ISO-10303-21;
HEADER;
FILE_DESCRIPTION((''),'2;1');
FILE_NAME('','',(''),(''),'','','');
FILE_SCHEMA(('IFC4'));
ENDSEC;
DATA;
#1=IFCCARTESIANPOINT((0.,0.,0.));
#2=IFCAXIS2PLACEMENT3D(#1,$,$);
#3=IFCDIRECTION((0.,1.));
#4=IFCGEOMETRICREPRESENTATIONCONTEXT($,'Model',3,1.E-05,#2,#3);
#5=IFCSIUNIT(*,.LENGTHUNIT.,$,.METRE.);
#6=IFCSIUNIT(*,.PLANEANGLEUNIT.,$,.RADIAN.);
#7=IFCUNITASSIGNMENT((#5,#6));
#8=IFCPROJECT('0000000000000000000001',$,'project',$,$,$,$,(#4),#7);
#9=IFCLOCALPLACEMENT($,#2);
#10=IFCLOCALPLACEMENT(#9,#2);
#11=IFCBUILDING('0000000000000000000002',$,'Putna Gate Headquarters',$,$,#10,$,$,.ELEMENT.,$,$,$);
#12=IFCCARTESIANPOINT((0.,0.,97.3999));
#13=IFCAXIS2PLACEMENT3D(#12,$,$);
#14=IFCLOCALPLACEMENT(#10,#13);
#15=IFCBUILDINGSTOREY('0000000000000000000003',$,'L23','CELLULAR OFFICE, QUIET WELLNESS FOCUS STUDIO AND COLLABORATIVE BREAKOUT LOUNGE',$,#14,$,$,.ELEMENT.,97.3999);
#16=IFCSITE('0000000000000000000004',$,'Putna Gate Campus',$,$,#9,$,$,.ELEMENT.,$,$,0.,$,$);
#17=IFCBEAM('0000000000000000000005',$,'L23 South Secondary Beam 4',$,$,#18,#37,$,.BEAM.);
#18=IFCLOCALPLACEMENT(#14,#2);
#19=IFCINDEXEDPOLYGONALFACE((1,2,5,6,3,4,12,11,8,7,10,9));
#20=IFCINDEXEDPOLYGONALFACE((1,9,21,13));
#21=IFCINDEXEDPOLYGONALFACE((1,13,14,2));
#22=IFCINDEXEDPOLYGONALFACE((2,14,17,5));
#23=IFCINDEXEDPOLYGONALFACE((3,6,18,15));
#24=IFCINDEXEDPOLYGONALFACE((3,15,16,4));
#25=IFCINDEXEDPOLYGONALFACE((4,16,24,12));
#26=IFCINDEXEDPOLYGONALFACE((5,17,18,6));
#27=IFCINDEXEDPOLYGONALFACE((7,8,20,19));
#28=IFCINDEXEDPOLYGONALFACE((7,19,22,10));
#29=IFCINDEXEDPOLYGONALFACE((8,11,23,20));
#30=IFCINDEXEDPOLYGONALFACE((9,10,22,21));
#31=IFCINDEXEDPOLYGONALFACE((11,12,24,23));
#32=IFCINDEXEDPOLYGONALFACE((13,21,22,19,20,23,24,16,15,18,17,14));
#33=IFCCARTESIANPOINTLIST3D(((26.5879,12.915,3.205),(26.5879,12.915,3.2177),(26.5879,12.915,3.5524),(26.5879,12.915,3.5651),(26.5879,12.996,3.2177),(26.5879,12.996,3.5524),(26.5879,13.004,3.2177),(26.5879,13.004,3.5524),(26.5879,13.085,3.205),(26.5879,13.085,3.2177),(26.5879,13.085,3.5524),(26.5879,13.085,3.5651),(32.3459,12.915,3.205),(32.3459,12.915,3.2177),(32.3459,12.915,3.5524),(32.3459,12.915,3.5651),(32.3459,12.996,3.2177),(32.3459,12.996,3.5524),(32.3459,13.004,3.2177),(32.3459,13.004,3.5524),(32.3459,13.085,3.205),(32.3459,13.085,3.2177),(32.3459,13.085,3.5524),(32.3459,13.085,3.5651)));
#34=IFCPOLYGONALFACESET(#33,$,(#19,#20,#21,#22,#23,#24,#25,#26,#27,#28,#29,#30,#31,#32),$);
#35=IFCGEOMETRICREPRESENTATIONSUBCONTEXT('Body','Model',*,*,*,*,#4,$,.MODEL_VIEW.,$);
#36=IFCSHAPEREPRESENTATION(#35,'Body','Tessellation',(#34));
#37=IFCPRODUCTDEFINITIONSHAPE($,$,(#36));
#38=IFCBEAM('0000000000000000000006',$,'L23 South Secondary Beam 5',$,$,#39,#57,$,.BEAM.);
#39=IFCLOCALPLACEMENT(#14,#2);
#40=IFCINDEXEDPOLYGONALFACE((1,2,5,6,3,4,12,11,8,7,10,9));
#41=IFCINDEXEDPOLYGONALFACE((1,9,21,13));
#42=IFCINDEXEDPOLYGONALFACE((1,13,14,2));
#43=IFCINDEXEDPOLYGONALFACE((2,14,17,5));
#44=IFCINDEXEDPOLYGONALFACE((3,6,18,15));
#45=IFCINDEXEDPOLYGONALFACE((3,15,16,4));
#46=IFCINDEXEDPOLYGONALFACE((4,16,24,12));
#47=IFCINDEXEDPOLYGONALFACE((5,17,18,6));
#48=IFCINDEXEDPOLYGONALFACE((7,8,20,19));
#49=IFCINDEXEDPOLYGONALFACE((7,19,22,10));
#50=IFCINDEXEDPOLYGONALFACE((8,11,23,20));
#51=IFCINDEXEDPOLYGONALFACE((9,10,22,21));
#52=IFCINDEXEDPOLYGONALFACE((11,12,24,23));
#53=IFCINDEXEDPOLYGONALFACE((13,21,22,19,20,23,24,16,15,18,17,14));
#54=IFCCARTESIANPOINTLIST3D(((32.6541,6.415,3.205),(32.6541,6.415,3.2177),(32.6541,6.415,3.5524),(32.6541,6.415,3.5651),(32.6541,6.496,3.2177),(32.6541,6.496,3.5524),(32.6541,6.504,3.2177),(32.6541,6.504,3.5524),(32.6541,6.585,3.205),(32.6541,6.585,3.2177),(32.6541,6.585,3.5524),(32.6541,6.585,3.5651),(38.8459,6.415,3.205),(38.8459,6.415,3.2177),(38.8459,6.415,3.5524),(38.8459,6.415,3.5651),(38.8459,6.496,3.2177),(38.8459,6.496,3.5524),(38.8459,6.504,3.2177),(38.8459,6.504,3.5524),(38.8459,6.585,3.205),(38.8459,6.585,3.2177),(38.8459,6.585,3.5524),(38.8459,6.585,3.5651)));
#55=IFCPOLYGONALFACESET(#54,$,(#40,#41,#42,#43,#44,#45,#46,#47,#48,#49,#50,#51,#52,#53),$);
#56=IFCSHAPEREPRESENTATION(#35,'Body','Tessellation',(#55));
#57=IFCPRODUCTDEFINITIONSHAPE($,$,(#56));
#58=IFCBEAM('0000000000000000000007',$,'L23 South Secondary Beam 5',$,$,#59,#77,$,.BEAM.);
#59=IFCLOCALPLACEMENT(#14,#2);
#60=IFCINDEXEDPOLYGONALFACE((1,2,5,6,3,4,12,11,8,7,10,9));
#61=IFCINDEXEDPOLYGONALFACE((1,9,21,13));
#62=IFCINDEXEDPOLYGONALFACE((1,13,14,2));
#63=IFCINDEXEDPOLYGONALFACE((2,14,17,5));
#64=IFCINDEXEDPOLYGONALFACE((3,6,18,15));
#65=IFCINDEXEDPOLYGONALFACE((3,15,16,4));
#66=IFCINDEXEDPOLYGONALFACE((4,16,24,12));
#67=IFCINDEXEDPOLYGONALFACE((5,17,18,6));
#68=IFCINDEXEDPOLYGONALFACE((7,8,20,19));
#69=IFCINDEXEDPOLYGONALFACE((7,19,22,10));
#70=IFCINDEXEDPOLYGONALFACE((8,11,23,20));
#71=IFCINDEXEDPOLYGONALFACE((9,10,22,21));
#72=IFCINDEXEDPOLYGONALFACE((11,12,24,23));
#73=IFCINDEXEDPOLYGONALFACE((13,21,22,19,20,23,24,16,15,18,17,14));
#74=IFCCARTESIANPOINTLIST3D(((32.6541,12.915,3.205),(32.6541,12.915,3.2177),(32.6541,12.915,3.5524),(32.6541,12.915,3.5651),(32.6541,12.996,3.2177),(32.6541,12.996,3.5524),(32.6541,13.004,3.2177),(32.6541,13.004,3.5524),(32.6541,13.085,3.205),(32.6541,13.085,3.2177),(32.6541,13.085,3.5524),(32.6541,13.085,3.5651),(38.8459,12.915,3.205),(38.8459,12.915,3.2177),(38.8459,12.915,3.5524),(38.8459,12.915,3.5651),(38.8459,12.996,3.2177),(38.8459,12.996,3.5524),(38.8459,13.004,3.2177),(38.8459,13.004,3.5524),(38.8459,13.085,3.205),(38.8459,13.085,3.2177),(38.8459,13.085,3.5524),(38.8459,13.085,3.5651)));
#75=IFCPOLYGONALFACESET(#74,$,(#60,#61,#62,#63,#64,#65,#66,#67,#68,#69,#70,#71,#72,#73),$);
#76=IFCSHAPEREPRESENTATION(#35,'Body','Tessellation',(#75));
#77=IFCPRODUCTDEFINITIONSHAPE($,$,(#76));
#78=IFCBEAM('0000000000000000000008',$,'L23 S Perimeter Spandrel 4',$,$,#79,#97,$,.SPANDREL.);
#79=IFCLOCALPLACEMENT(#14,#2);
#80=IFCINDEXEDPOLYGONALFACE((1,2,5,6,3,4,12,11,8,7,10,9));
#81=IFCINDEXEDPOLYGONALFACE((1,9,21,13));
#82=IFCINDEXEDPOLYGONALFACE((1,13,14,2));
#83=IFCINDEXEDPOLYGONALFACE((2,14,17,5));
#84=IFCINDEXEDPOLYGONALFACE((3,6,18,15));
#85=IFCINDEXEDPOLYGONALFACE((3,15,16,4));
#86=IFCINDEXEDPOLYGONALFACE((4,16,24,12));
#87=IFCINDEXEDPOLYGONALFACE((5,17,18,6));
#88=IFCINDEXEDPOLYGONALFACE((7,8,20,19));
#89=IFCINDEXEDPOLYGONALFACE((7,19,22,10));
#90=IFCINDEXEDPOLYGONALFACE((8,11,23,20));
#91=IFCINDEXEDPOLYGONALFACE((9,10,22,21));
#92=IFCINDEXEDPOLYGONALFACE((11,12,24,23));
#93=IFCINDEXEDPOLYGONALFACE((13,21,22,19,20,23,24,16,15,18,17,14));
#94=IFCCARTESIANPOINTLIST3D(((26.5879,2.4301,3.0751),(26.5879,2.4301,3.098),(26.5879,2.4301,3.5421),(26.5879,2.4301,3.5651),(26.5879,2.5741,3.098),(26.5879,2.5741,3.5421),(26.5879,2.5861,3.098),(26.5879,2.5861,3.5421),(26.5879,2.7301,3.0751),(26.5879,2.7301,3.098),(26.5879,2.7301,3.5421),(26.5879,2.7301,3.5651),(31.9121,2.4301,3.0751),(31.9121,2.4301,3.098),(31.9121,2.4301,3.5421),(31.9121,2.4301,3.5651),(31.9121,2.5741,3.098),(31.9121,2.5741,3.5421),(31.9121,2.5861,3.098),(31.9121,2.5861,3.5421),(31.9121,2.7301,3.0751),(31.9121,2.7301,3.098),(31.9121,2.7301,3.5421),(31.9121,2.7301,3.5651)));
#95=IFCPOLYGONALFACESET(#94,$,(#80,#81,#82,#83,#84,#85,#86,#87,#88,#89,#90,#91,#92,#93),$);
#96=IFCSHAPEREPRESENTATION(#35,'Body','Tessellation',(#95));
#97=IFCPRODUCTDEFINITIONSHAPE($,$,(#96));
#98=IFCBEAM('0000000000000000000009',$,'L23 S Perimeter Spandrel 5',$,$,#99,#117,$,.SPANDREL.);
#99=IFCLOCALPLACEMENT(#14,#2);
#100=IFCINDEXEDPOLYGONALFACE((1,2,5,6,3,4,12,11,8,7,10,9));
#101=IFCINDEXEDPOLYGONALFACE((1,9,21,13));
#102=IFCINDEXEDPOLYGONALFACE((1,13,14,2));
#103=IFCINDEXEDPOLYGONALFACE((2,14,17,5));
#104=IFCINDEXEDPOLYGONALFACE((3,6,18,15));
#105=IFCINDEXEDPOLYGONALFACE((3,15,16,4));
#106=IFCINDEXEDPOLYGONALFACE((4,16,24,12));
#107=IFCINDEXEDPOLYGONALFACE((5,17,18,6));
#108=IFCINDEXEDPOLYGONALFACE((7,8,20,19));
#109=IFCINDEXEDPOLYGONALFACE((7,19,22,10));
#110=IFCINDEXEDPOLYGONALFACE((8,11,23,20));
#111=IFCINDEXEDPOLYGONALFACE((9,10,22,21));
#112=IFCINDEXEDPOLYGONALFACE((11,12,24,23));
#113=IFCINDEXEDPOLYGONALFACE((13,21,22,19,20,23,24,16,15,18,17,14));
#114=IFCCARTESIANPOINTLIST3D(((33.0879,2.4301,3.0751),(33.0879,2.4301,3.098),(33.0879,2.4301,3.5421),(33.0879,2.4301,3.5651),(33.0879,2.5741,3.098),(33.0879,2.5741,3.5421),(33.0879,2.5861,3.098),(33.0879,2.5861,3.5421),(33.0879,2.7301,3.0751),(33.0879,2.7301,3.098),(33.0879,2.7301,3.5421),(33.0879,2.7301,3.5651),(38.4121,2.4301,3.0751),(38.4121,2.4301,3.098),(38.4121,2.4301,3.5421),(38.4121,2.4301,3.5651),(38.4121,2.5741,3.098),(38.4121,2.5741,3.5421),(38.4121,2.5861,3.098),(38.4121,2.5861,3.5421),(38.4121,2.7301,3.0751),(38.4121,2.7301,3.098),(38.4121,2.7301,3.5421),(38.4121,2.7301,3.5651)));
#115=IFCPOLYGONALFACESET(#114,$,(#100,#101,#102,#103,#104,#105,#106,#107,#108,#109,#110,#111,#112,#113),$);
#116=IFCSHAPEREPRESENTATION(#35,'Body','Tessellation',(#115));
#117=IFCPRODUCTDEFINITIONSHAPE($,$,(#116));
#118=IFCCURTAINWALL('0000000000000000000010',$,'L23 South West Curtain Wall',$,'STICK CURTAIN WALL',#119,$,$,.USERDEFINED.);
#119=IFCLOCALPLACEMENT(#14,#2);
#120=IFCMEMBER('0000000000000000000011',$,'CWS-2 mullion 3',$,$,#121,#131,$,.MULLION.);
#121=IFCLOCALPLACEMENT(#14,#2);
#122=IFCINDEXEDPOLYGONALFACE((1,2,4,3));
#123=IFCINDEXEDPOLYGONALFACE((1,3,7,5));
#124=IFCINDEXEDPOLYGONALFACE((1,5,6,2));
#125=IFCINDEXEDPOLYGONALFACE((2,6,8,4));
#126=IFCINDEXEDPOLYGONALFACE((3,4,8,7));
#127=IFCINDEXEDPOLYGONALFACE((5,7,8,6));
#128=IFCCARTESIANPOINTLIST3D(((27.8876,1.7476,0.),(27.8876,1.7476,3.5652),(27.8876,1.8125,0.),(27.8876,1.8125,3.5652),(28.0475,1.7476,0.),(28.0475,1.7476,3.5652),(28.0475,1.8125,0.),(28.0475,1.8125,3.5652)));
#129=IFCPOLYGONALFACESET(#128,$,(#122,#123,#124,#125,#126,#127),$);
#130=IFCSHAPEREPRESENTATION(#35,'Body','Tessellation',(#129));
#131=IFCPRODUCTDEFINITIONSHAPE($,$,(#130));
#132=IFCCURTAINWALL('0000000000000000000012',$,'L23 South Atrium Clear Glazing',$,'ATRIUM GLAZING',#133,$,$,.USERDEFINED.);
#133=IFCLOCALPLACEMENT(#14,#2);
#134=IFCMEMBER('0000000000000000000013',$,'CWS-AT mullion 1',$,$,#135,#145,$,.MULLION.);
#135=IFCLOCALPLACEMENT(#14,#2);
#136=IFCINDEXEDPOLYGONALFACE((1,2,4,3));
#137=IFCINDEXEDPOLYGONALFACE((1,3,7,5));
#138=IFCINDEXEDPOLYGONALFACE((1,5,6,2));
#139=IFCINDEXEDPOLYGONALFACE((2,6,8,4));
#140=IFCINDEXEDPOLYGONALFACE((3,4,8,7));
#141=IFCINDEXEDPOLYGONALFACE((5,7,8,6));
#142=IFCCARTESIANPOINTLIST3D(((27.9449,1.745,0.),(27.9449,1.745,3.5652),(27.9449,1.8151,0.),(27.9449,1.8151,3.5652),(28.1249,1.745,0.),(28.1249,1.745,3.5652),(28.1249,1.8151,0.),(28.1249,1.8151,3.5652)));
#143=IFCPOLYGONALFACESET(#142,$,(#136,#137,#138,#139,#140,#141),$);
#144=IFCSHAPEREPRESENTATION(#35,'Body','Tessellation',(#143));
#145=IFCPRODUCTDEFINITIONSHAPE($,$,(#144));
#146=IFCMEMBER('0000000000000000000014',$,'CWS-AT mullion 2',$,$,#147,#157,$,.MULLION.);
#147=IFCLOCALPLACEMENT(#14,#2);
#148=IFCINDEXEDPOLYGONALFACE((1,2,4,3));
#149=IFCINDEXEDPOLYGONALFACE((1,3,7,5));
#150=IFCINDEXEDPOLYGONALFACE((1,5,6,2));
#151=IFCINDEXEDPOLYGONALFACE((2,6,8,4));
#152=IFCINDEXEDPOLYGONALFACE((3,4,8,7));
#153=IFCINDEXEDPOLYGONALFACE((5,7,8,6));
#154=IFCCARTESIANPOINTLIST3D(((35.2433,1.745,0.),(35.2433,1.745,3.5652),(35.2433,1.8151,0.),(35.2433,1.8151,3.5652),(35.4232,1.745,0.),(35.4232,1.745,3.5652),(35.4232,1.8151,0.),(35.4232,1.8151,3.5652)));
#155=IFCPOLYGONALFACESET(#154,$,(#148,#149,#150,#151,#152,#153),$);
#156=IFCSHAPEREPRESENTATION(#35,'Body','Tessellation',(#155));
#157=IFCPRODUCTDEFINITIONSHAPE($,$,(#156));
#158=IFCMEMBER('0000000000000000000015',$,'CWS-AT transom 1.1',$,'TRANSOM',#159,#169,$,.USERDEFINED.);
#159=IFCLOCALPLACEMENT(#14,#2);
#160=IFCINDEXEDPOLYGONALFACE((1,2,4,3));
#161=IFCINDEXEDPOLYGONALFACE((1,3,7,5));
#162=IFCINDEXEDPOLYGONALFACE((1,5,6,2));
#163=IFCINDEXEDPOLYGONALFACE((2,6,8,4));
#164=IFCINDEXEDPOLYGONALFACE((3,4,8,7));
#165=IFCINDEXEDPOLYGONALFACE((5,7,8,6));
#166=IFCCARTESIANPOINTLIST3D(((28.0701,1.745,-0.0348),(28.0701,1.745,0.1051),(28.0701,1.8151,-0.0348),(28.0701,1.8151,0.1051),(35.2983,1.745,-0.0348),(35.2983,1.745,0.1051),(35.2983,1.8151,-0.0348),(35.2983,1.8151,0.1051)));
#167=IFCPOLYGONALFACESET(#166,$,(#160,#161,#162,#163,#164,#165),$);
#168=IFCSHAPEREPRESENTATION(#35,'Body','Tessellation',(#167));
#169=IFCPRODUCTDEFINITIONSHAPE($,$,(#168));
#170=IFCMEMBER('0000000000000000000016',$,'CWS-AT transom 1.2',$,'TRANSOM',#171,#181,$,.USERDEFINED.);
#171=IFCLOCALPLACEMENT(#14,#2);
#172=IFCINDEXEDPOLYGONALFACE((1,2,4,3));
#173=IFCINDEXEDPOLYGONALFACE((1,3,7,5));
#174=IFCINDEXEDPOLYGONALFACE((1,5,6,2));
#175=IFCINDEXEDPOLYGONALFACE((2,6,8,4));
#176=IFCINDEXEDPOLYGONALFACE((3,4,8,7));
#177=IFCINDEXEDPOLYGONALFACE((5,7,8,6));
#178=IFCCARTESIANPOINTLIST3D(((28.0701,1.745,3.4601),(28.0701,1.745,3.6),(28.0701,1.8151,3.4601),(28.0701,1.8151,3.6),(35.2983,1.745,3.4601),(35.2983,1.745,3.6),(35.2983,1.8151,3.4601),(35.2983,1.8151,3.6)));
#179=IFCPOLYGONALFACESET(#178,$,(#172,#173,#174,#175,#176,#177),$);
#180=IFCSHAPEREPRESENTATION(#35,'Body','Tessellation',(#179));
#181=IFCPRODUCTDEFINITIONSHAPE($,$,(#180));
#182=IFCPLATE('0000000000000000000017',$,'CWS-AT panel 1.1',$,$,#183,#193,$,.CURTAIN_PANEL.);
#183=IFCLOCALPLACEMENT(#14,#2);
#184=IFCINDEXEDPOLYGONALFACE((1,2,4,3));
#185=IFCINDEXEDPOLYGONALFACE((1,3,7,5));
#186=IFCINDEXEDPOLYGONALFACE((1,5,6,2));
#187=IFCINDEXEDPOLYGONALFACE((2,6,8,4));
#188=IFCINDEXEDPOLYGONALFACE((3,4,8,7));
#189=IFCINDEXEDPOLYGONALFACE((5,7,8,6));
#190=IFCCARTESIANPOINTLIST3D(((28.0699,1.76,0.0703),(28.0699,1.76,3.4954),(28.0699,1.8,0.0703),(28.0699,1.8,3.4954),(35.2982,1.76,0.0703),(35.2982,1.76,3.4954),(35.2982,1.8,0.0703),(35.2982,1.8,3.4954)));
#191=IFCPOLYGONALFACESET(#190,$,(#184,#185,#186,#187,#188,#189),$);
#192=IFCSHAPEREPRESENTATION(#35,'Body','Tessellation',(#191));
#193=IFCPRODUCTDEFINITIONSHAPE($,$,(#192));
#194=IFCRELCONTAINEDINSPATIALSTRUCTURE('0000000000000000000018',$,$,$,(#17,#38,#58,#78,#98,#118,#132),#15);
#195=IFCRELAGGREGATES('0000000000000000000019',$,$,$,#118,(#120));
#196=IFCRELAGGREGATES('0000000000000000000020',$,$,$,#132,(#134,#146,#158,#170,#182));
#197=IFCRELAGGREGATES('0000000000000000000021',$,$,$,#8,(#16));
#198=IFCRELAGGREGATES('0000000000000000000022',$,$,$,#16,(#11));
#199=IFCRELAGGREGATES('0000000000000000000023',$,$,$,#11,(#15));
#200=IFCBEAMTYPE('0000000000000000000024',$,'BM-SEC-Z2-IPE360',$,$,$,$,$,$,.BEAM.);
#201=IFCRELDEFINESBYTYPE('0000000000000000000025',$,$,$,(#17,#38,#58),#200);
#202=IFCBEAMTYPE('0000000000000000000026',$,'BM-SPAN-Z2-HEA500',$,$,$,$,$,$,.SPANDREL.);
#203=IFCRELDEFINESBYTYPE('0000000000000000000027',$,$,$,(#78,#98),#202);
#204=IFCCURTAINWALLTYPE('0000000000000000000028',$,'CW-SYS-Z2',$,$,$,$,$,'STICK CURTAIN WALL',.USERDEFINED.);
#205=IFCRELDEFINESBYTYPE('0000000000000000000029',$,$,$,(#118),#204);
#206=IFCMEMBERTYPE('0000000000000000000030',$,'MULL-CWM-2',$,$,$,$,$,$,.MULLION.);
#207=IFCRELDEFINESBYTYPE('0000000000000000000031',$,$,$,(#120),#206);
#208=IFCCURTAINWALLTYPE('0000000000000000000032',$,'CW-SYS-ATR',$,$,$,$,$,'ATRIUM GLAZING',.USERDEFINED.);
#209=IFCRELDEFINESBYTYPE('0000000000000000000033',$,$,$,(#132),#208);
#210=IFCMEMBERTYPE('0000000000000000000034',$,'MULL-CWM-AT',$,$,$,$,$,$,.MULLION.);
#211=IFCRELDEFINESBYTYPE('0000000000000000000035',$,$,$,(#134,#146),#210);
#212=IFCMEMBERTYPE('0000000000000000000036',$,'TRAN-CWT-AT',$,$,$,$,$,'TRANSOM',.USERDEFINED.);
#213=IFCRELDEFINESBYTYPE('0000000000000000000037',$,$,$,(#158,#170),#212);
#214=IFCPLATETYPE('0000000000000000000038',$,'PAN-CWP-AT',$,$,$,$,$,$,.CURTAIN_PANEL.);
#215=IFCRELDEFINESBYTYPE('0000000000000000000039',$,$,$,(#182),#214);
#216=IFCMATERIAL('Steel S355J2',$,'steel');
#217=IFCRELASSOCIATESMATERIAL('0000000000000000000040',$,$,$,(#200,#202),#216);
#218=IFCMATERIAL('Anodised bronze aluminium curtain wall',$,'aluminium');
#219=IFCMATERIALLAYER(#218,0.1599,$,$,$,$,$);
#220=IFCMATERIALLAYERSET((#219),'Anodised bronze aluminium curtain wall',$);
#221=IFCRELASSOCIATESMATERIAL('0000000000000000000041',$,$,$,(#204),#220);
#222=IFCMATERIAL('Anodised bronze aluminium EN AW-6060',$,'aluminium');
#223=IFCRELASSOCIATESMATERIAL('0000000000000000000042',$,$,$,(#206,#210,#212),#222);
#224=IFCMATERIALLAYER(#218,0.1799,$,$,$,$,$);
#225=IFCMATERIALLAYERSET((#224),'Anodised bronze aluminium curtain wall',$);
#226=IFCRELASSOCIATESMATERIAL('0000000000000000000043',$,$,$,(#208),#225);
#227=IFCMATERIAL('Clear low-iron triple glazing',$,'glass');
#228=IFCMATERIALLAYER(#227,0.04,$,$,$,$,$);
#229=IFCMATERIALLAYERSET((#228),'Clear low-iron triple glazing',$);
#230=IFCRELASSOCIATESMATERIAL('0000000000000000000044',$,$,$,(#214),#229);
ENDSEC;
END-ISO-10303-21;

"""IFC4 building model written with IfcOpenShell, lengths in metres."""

from ifc_helpers import new_model, si_unit, direction, frame, origin, origin_2d, place, context, subcontext, project, spatial, rectangle, i_section, extrude, material, layer, layer_set, material_profile, profile_set, type_object, element, aggregate, save


model = new_model("IFC4")

# Units and contexts
model_context = context("Model", 3, precision=1e-05, world=origin(), true_north=direction((0.0, 1.0)))
body_context = subcontext(model_context, "Body", "Model", "MODEL_VIEW")
ifc_project = project(units=[si_unit("LENGTHUNIT", "METRE"), si_unit("PLANEANGLEUNIT", "RADIAN")], contexts=[model_context])

# Site, building, storey
site_placement = place(None, origin())
site = spatial("IfcSite", under=ifc_project, at=site_placement, Name="Putna Gate Campus", CompositionType="ELEMENT", RefElevation=0.0)
building_placement = place(site_placement, origin())
building = spatial("IfcBuilding", under=site, at=building_placement, Name="Putna Gate Headquarters", CompositionType="ELEMENT")
storey_placement = place(building_placement, frame((0.0, 0.0, 97.3999)))
storey = spatial("IfcBuildingStorey", under=building, at=storey_placement, Name="L23", Description="CELLULAR OFFICE, QUIET WELLNESS FOCUS STUDIO AND COLLABORATIVE BREAKOUT LOUNGE", CompositionType="ELEMENT", Elevation=97.3999)

# Beams
ifc_material_1 = material(Name="Steel S355J2", Category="steel")
ifc_material_profile_1 = material_profile(ifc_material_1, i_section(OverallWidth=0.1699, OverallDepth=0.3601, WebThickness=0.0081, FlangeThickness=0.0127, at=origin_2d()), Name="Steel S355J2")
ifc_profile_set_1 = profile_set([ifc_material_profile_1], Name="Steel S355J2")
beam_type_1 = type_object("IfcBeamType", Name="BM-SEC-Z2-IPE360", PredefinedType="BEAM", material=ifc_profile_set_1)
beam_1_placement = place(storey_placement, frame((26.5879, 13.0, 3.385), z_axis=(1.0, 0.0, 0.0), x_axis=(0.0, 1.0, 0.0)))
element("IfcBeam", 1, at=beam_1_placement, inside=storey, type_object=beam_type_1, Name="L23 South Secondary Beam 4", PredefinedType="BEAM", context=body_context, shape_type="SweptSolid", body=[
    extrude(i_section(OverallWidth=0.1699, OverallDepth=0.3601, WebThickness=0.0081, FlangeThickness=0.0127, at=origin_2d()), origin(), (0.0, 0.0, 1.0), 5.7581),
])
for number, where, z_axis, x_axis, name in (
    (2, (32.6541, 6.5, 3.385), (1.0, 0.0, 0.0), (0.0, 1.0, 0.0), "L23 South Secondary Beam 5"),
    (3, (32.6541, 13.0, 3.385), (1.0, 0.0, 0.0), (0.0, 1.0, 0.0), "L23 South Secondary Beam 5"),
):
    element("IfcBeam", number, at=place(storey_placement, frame(where, z_axis=z_axis, x_axis=x_axis)), inside=storey, type_object=beam_type_1, Name=name, PredefinedType="BEAM", context=body_context, shape_type="SweptSolid", body=[
        extrude(i_section(OverallWidth=0.1699, OverallDepth=0.3601, WebThickness=0.0081, FlangeThickness=0.0127, at=origin_2d()), origin(), (0.0, 0.0, 1.0), 6.1919),
    ])
ifc_material_profile_2 = material_profile(ifc_material_1, i_section(OverallWidth=0.3, OverallDepth=0.49, WebThickness=0.012, FlangeThickness=0.0229, at=origin_2d()), Name="Steel S355J2")
ifc_profile_set_2 = profile_set([ifc_material_profile_2], Name="Steel S355J2")
beam_type_2 = type_object("IfcBeamType", Name="BM-SPAN-Z2-HEA500", PredefinedType="SPANDREL", material=ifc_profile_set_2)
for number, where, z_axis, x_axis, name in (
    (4, (26.5879, 2.5801, 3.3201), (1.0, 0.0, 0.0), (0.0, 1.0, 0.0), "L23 S Perimeter Spandrel 4"),
    (5, (33.0879, 2.5801, 3.3201), (1.0, 0.0, 0.0), (0.0, 1.0, 0.0), "L23 S Perimeter Spandrel 5"),
):
    element("IfcBeam", number, at=place(storey_placement, frame(where, z_axis=z_axis, x_axis=x_axis)), inside=storey, type_object=beam_type_2, Name=name, PredefinedType="SPANDREL", context=body_context, shape_type="SweptSolid", body=[
        extrude(i_section(OverallWidth=0.3, OverallDepth=0.49, WebThickness=0.012, FlangeThickness=0.0229, at=origin_2d()), origin(), (0.0, 0.0, 1.0), 5.3242),
    ])

# Curtain wall, member
ifc_material_2 = material(Name="Anodised bronze aluminium curtain wall", Category="aluminium")
ifc_layer_1 = layer(ifc_material_2, 0.1599)
ifc_layer_set_1 = layer_set([ifc_layer_1], Name="Anodised bronze aluminium curtain wall")
curtain_wall_type_1 = type_object("IfcCurtainWallType", Name="CW-SYS-Z2", ElementType="STICK CURTAIN WALL", PredefinedType="USERDEFINED", material=ifc_layer_set_1)
curtain_wall_1_placement = place(storey_placement, origin())
curtain_wall_1 = element("IfcCurtainWall", 6, at=curtain_wall_1_placement, inside=storey, type_object=curtain_wall_type_1, Name="L23 South West Curtain Wall", ObjectType="STICK CURTAIN WALL", PredefinedType="USERDEFINED")
ifc_material_3 = material(Name="Anodised bronze aluminium EN AW-6060", Category="aluminium")
ifc_material_profile_3 = material_profile(ifc_material_3, rectangle(XDim=0.0649, YDim=0.1599, at=origin_2d()), Name="Anodised bronze aluminium EN AW-6060")
ifc_profile_set_3 = profile_set([ifc_material_profile_3], Name="Anodised bronze aluminium EN AW-6060")
member_type_1 = type_object("IfcMemberType", Name="MULL-CWM-2", PredefinedType="MULLION", material=ifc_profile_set_3)
member_1_placement = place(storey_placement, frame((27.9675, 1.78, 0.0), z_axis=(0.0, 0.0, 1.0), x_axis=(0.0, 1.0, 0.0)))
member_1 = element("IfcMember", 7, at=member_1_placement, type_object=member_type_1, Name="CWS-2 mullion 3", PredefinedType="MULLION", context=body_context, shape_type="SweptSolid", body=[
    extrude(rectangle(XDim=0.0649, YDim=0.1599, at=origin_2d()), origin(), (0.0, 0.0, 1.0), 3.5652),
])
aggregate(curtain_wall_1, [member_1])

# Curtain wall, members, plate
ifc_layer_2 = layer(ifc_material_2, 0.1799)
ifc_layer_set_2 = layer_set([ifc_layer_2], Name="Anodised bronze aluminium curtain wall")
curtain_wall_type_2 = type_object("IfcCurtainWallType", Name="CW-SYS-ATR", ElementType="ATRIUM GLAZING", PredefinedType="USERDEFINED", material=ifc_layer_set_2)
curtain_wall_2_placement = place(storey_placement, origin())
curtain_wall_2 = element("IfcCurtainWall", 8, at=curtain_wall_2_placement, inside=storey, type_object=curtain_wall_type_2, Name="L23 South Atrium Clear Glazing", ObjectType="ATRIUM GLAZING", PredefinedType="USERDEFINED")
ifc_material_profile_4 = material_profile(ifc_material_3, rectangle(XDim=0.0701, YDim=0.1799, at=origin_2d()), Name="Anodised bronze aluminium EN AW-6060")
ifc_profile_set_4 = profile_set([ifc_material_profile_4], Name="Anodised bronze aluminium EN AW-6060")
member_type_2 = type_object("IfcMemberType", Name="MULL-CWM-AT", PredefinedType="MULLION", material=ifc_profile_set_4)
member_2_placement = place(storey_placement, frame((28.0349, 1.78, 0.0), z_axis=(0.0, 0.0, 1.0), x_axis=(0.0, 1.0, 0.0)))
member_2 = element("IfcMember", 9, at=member_2_placement, type_object=member_type_2, Name="CWS-AT mullion 1", PredefinedType="MULLION", context=body_context, shape_type="SweptSolid", body=[
    extrude(rectangle(XDim=0.0701, YDim=0.1799, at=origin_2d()), origin(), (0.0, 0.0, 1.0), 3.5652),
])
member_3_placement = place(storey_placement, frame((35.3333, 1.78, 0.0), z_axis=(0.0, 0.0, 1.0), x_axis=(0.0, 1.0, 0.0)))
member_3 = element("IfcMember", 10, at=member_3_placement, type_object=member_type_2, Name="CWS-AT mullion 2", PredefinedType="MULLION", context=body_context, shape_type="SweptSolid", body=[
    extrude(rectangle(XDim=0.0701, YDim=0.1799, at=origin_2d()), origin(), (0.0, 0.0, 1.0), 3.5652),
])
ifc_material_profile_5 = material_profile(ifc_material_3, rectangle(XDim=0.0701, YDim=0.1399, at=origin_2d()), Name="Anodised bronze aluminium EN AW-6060")
ifc_profile_set_5 = profile_set([ifc_material_profile_5], Name="Anodised bronze aluminium EN AW-6060")
member_type_3 = type_object("IfcMemberType", Name="TRAN-CWT-AT", ElementType="TRANSOM", PredefinedType="USERDEFINED", material=ifc_profile_set_5)
member_4_placement = place(storey_placement, frame((28.0701, 1.78, 0.0352), z_axis=(1.0, 0.0, 0.0), x_axis=(0.0, 1.0, 0.0)))
member_4 = element("IfcMember", 11, at=member_4_placement, type_object=member_type_3, Name="CWS-AT transom 1.1", ObjectType="TRANSOM", PredefinedType="USERDEFINED", context=body_context, shape_type="SweptSolid", body=[
    extrude(rectangle(XDim=0.0701, YDim=0.1399, at=origin_2d()), origin(), (0.0, 0.0, 1.0), 7.2283),
])
member_5_placement = place(storey_placement, frame((28.0701, 1.78, 3.53), z_axis=(1.0, 0.0, 0.0), x_axis=(0.0, 1.0, 0.0)))
member_5 = element("IfcMember", 12, at=member_5_placement, type_object=member_type_3, Name="CWS-AT transom 1.2", ObjectType="TRANSOM", PredefinedType="USERDEFINED", context=body_context, shape_type="SweptSolid", body=[
    extrude(rectangle(XDim=0.0701, YDim=0.1399, at=origin_2d()), origin(), (0.0, 0.0, 1.0), 7.2283),
])
ifc_material_4 = material(Name="Clear low-iron triple glazing", Category="glass")
ifc_layer_3 = layer(ifc_material_4, 0.04)
ifc_layer_set_3 = layer_set([ifc_layer_3], Name="Clear low-iron triple glazing")
plate_type = type_object("IfcPlateType", Name="PAN-CWP-AT", PredefinedType="CURTAIN_PANEL", material=ifc_layer_set_3)
plate_placement = place(storey_placement, frame((31.6841, 1.78, 0.0703), z_axis=(0.0, 0.0, 1.0), x_axis=(1.0, 0.0, 0.0)))
plate = element("IfcPlate", 13, at=plate_placement, type_object=plate_type, Name="CWS-AT panel 1.1", PredefinedType="CURTAIN_PANEL", context=body_context, shape_type="SweptSolid", body=[
    extrude(rectangle(XDim=7.2283, YDim=0.04, at=origin_2d()), origin(), (0.0, 0.0, 1.0), 3.425),
])
aggregate(curtain_wall_2, [member_2, member_3, member_4, member_5, plate])

save(model, "model.ifc")
